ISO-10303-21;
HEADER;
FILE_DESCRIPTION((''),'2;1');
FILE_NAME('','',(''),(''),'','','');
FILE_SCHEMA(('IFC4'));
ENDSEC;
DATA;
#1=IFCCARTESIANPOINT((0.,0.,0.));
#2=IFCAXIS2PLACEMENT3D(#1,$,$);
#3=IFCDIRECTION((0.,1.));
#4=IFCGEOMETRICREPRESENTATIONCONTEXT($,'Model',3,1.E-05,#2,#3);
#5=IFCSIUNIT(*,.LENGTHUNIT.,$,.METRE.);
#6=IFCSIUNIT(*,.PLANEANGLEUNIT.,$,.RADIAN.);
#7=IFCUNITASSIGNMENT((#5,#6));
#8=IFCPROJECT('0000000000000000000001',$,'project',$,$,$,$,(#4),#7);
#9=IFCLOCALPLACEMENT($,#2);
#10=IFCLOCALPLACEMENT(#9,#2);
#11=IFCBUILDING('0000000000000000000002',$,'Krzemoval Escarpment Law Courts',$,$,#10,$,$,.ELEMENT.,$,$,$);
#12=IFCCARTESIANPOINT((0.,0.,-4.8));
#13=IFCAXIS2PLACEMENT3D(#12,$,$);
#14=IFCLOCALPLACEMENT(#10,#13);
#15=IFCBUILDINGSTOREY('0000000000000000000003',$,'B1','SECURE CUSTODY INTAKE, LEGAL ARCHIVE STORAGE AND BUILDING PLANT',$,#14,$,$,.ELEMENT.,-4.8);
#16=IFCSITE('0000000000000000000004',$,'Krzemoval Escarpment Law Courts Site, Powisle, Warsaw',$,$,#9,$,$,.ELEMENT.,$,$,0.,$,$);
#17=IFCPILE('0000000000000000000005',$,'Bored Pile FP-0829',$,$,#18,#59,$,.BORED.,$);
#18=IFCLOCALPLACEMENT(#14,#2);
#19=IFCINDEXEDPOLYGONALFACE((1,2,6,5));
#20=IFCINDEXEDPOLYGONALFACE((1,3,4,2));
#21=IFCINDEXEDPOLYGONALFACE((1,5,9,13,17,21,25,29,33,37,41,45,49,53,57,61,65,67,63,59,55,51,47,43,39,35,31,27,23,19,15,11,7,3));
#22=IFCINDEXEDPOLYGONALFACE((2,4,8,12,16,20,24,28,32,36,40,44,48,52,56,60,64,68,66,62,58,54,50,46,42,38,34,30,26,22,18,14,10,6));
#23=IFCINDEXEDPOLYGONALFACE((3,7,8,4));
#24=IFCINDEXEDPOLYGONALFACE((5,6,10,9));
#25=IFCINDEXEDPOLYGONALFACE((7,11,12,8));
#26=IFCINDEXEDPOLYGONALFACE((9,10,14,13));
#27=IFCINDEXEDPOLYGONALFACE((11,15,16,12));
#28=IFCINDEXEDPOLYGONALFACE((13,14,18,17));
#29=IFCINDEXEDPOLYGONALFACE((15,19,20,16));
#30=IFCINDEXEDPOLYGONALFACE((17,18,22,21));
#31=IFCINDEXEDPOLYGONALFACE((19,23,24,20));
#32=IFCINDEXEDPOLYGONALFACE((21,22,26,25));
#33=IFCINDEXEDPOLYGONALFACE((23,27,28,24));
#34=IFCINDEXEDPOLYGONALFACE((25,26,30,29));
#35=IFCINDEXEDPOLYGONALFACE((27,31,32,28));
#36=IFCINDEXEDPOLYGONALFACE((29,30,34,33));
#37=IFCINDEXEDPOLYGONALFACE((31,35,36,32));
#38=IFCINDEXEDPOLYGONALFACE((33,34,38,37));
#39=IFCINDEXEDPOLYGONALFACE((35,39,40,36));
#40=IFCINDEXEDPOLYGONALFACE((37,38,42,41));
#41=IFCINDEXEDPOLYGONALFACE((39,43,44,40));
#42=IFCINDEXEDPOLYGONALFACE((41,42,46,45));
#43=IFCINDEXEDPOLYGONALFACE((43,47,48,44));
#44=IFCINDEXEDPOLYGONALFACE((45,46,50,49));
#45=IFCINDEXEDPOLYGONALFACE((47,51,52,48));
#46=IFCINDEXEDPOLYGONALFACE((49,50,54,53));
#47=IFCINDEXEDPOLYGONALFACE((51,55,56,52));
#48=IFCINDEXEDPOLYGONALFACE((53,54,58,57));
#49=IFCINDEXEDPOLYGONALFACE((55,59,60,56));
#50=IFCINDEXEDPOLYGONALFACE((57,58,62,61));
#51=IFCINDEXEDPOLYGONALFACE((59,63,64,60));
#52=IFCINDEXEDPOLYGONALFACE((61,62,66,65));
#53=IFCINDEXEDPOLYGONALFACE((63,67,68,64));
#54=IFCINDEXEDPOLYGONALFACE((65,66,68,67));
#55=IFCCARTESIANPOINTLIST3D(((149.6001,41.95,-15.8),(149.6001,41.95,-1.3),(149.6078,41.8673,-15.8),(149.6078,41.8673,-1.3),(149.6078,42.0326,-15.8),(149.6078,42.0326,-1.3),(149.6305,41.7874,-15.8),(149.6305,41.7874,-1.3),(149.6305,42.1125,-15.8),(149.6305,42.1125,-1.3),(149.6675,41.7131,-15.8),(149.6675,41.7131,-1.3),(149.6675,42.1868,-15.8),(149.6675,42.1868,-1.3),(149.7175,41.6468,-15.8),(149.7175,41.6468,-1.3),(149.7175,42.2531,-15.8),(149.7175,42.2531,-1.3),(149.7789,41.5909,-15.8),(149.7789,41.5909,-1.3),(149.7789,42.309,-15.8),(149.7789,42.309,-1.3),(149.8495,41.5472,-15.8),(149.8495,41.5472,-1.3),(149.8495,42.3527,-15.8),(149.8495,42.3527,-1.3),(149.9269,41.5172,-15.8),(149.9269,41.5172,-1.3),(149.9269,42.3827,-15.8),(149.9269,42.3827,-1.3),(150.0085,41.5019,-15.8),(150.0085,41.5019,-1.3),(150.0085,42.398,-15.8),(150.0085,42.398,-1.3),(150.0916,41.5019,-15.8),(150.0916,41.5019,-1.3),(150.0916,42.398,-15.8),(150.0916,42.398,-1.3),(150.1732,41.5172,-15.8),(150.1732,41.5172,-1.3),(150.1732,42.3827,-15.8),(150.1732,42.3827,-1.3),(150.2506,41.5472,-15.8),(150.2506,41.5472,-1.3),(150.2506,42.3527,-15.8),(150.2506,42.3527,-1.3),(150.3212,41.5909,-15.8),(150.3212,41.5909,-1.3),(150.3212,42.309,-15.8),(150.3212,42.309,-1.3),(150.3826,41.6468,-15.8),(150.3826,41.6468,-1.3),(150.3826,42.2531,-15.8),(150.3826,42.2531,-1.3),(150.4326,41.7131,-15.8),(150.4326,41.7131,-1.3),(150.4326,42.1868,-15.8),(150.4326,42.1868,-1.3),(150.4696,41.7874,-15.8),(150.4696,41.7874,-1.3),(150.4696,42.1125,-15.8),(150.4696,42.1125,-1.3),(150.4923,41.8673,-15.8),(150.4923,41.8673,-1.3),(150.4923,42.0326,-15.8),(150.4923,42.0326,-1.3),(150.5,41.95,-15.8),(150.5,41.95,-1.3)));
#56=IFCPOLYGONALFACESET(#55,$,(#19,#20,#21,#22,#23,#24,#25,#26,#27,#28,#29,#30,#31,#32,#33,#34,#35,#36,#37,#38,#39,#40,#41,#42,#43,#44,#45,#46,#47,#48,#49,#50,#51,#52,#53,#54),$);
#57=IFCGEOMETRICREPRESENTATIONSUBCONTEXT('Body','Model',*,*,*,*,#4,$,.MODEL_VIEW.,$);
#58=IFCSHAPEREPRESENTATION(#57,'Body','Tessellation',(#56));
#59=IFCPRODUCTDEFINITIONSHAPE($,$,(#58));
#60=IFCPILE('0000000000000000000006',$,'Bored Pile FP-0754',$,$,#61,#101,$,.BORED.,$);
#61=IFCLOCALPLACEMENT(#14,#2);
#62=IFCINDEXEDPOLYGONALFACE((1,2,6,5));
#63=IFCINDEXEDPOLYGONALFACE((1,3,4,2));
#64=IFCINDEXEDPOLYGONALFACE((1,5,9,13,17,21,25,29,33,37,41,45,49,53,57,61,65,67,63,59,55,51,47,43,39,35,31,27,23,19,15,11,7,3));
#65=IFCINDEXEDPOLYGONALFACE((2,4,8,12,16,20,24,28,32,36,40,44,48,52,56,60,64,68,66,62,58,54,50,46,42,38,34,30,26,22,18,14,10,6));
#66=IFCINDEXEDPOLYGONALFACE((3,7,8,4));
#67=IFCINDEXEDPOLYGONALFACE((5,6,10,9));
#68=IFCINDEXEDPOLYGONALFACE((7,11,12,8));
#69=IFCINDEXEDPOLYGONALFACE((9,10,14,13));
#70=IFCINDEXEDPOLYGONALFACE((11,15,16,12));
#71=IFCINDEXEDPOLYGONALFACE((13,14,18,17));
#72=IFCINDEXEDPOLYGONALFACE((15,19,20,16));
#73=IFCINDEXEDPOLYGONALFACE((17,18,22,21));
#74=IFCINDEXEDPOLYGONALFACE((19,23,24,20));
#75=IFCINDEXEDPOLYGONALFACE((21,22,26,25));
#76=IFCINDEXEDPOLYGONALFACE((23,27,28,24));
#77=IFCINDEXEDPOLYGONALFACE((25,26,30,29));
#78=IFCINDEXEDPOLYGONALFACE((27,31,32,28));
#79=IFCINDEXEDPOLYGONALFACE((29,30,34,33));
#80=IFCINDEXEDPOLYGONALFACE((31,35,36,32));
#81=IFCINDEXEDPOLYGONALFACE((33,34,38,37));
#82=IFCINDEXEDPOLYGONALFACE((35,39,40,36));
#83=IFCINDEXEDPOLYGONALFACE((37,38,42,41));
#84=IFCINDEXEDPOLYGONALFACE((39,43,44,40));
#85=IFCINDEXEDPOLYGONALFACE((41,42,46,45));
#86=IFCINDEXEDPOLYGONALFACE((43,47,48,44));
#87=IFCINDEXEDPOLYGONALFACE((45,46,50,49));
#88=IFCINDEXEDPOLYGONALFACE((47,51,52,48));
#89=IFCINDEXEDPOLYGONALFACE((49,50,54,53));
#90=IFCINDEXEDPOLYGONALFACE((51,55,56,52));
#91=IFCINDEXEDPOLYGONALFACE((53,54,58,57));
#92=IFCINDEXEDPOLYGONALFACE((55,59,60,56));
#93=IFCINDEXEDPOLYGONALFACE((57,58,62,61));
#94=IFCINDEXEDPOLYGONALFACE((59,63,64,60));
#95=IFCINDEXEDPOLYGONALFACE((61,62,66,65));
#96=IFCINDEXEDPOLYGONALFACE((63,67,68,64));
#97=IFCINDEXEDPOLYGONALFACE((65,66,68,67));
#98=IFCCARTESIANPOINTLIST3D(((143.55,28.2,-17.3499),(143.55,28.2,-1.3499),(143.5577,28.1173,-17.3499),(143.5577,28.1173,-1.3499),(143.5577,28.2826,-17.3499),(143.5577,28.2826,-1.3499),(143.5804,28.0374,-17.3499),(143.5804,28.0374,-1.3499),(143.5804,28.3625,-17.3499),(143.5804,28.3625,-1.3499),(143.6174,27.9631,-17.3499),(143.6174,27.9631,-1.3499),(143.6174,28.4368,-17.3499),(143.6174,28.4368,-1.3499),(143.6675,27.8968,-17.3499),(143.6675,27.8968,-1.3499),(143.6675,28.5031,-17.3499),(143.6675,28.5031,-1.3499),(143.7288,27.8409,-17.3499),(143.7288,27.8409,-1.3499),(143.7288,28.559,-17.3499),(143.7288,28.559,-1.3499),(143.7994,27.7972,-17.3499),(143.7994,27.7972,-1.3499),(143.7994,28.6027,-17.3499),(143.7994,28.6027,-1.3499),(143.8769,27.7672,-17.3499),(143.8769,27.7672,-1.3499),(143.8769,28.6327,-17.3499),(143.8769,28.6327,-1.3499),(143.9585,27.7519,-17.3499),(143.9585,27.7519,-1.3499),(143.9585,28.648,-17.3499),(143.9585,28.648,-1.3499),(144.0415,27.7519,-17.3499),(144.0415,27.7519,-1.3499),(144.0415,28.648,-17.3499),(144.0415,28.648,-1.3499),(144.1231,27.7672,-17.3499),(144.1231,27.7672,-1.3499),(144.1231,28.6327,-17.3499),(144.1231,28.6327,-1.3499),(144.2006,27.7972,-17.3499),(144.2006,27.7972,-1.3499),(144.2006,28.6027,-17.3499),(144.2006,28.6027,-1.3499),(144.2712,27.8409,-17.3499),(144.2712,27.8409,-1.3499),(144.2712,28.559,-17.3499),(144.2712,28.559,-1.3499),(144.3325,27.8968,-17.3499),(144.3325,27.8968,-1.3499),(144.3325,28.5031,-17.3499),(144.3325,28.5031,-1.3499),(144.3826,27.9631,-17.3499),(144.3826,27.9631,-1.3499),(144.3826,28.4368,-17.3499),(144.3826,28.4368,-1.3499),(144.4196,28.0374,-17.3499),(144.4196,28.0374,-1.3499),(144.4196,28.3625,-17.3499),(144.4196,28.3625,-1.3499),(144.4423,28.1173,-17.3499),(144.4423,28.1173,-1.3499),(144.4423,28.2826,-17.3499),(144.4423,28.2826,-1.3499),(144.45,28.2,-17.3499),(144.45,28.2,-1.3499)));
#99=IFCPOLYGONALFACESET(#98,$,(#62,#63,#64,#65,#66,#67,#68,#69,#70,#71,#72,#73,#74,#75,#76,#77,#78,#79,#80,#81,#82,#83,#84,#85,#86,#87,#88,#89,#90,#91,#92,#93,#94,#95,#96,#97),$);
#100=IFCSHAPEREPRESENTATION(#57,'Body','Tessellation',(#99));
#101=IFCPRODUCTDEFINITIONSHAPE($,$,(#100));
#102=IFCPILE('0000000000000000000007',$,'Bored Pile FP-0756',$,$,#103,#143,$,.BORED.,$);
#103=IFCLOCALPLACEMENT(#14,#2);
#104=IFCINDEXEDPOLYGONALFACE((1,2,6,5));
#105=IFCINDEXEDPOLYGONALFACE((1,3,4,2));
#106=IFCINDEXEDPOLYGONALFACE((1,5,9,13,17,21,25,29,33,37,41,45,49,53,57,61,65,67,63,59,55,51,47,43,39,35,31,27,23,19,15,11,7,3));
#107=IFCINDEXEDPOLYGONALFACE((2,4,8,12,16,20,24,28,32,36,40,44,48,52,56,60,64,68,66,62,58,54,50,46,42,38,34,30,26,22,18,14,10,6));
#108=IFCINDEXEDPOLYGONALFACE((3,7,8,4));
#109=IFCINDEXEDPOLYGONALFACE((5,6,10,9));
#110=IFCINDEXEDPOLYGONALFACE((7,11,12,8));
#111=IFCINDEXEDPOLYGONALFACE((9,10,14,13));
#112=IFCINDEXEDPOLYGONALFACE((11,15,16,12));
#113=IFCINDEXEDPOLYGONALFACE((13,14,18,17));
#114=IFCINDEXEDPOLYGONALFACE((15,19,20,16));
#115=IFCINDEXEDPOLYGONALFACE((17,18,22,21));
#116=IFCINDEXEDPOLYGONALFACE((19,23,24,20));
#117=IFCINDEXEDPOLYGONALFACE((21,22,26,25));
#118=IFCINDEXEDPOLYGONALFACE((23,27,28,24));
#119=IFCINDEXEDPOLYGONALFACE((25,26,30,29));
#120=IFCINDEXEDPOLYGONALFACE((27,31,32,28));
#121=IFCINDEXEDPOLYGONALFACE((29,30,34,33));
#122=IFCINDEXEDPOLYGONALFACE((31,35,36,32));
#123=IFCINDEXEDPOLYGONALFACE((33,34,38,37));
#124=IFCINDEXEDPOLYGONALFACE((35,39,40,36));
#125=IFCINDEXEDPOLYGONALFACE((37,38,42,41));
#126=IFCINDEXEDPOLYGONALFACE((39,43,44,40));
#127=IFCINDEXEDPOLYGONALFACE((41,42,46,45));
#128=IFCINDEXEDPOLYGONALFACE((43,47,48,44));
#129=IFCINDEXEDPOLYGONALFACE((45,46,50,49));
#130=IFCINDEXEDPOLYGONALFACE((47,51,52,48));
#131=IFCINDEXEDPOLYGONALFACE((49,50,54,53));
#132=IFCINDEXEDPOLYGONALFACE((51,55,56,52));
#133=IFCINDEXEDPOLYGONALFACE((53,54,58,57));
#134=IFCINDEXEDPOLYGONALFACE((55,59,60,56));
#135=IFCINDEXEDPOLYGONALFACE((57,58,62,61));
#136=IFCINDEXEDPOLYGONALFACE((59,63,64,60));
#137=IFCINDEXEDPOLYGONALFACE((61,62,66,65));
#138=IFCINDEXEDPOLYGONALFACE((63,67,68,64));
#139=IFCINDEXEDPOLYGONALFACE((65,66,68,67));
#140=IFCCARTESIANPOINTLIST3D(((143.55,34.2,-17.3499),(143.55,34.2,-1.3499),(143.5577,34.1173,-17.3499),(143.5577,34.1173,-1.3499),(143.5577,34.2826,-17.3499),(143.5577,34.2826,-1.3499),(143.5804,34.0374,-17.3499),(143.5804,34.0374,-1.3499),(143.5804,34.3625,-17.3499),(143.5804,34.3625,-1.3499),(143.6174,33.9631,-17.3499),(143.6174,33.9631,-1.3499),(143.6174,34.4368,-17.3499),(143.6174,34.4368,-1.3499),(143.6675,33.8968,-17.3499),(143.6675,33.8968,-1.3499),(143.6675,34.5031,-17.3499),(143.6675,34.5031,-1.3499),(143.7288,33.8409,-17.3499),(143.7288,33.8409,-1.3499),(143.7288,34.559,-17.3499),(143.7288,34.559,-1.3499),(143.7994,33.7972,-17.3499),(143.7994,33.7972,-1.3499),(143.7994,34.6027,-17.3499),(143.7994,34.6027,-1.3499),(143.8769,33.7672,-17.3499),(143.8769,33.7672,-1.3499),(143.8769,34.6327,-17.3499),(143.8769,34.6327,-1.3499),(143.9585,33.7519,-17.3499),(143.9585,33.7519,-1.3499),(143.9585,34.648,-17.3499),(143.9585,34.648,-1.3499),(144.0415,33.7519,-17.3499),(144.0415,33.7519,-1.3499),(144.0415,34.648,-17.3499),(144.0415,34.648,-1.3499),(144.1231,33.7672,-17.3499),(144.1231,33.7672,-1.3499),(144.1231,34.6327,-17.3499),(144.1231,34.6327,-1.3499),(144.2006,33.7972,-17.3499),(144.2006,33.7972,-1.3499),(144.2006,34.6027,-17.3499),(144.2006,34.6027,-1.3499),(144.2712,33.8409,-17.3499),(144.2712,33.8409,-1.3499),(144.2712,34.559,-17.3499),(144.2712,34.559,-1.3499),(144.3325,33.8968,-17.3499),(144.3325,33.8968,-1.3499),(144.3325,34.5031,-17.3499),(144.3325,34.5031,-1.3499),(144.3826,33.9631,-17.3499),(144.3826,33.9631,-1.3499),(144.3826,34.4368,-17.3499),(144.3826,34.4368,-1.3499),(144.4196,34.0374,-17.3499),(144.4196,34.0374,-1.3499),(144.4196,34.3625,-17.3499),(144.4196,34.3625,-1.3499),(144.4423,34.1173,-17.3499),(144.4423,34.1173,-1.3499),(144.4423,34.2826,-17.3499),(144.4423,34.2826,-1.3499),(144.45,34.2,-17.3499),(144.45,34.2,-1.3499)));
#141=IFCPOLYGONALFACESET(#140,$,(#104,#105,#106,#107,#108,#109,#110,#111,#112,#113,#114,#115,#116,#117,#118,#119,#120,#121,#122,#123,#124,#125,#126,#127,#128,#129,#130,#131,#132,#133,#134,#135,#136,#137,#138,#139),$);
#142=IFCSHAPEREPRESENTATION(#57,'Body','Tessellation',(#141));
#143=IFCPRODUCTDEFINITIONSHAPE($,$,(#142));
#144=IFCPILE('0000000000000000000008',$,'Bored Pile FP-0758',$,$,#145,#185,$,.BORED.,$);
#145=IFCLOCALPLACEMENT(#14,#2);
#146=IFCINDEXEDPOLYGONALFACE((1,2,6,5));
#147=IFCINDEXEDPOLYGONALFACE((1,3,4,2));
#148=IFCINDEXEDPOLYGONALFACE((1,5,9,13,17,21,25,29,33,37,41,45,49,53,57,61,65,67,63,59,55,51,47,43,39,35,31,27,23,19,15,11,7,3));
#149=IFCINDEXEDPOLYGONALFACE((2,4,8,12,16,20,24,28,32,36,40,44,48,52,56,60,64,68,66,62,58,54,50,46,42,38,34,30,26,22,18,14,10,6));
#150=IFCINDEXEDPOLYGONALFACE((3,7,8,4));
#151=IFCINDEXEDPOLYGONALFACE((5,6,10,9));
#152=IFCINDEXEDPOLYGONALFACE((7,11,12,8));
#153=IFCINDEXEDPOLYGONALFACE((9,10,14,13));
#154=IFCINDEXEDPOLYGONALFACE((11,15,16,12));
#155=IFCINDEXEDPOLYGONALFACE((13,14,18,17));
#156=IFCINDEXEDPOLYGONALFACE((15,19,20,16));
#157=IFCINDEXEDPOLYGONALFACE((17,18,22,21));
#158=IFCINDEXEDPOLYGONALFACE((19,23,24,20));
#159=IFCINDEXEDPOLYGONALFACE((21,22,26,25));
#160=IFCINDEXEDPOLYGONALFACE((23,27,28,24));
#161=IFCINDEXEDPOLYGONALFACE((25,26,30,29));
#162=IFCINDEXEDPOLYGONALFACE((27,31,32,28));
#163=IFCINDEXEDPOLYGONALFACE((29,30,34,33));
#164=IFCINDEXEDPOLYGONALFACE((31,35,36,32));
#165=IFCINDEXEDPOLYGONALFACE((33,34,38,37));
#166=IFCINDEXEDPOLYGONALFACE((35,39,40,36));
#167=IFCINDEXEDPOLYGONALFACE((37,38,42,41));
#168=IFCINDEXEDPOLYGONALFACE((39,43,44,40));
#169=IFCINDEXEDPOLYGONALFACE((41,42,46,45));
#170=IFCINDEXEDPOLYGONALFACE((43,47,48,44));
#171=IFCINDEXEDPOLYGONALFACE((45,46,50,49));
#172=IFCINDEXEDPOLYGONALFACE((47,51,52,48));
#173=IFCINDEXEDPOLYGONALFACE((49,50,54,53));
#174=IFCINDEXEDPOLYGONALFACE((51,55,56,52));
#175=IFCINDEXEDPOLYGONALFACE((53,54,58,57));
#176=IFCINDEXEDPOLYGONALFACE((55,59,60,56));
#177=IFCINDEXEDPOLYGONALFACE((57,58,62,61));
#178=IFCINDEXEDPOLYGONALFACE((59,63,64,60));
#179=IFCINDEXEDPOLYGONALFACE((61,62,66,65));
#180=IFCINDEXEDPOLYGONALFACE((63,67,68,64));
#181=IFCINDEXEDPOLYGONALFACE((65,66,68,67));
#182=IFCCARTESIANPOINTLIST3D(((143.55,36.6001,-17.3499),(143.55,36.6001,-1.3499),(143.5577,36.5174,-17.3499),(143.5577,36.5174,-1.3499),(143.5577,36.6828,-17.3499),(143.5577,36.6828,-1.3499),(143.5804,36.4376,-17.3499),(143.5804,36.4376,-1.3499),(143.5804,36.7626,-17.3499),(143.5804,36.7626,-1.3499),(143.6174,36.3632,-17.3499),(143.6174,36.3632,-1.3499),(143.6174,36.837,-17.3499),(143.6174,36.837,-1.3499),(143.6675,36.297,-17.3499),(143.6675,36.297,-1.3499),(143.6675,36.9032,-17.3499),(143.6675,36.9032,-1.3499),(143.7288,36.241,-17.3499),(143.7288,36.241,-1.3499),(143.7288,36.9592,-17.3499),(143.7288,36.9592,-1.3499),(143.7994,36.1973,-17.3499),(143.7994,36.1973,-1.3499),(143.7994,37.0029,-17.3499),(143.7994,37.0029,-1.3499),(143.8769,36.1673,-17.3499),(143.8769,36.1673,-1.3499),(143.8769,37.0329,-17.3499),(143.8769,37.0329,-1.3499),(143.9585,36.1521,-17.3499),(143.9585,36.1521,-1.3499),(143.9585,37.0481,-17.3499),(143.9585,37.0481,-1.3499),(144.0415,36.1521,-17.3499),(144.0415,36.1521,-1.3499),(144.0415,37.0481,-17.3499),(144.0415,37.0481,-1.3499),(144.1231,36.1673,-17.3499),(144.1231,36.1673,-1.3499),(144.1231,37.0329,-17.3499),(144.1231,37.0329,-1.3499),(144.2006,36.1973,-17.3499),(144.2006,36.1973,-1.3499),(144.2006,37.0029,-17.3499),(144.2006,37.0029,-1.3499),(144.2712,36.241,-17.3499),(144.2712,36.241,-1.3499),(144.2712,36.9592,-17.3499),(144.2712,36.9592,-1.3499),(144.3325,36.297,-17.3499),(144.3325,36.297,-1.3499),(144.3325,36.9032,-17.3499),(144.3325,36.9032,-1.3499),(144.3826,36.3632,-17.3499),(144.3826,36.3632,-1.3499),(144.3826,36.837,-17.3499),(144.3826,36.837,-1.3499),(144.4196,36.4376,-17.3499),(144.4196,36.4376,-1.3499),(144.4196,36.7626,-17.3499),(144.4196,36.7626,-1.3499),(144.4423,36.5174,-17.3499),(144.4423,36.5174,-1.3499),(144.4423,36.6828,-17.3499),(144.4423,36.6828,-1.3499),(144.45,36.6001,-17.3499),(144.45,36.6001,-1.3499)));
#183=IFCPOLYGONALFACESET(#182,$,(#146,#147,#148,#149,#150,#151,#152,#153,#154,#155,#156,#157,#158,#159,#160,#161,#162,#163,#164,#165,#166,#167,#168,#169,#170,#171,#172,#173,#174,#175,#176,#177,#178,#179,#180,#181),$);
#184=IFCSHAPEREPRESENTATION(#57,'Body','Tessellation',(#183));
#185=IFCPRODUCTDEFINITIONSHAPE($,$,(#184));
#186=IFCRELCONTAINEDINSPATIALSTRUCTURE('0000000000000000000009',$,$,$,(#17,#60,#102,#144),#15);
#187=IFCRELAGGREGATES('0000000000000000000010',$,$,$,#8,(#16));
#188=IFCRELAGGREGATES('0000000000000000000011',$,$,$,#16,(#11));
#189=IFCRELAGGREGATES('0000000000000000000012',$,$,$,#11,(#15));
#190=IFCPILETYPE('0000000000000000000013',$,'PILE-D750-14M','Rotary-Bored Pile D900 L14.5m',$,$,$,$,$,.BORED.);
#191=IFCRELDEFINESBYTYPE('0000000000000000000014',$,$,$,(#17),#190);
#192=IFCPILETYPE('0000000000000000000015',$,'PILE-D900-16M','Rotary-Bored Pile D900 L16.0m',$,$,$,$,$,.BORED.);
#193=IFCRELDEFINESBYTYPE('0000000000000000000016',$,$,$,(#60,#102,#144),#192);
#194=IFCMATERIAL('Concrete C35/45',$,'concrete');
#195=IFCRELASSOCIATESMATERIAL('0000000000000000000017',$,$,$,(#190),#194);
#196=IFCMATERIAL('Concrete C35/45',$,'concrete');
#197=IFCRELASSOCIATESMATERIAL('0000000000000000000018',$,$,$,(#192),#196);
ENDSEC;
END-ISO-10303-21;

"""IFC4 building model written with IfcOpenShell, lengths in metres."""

from ifc_helpers import new_model, si_unit, direction, frame, origin, origin_2d, place, context, subcontext, project, spatial, circle, extrude, material, material_profile, profile_set, type_object, element, save


model = new_model("IFC4")

# Units and contexts
model_context = context("Model", 3, precision=1e-05, world=origin(), true_north=direction((0.0, 1.0)))
body_context = subcontext(model_context, "Body", "Model", "MODEL_VIEW")
ifc_project = project(units=[si_unit("LENGTHUNIT", "METRE"), si_unit("PLANEANGLEUNIT", "RADIAN")], contexts=[model_context])

# Site, building, storey
site_placement = place(None, origin())
site = spatial("IfcSite", under=ifc_project, at=site_placement, Name="Krzemoval Escarpment Law Courts Site, Powisle, Warsaw", CompositionType="ELEMENT", RefElevation=0.0)
building_placement = place(site_placement, origin())
building = spatial("IfcBuilding", under=site, at=building_placement, Name="Krzemoval Escarpment Law Courts", CompositionType="ELEMENT")
storey_placement = place(building_placement, frame((0.0, 0.0, -4.8)))
storey = spatial("IfcBuildingStorey", under=building, at=storey_placement, Name="B1", Description="SECURE CUSTODY INTAKE, LEGAL ARCHIVE STORAGE AND BUILDING PLANT", CompositionType="ELEMENT", Elevation=-4.8)

# Piles
ifc_material_1 = material(Name="Concrete C35/45", Category="concrete")
ifc_material_profile_1 = material_profile(ifc_material_1, circle(Radius=0.45, at=origin_2d()), Name="PILE D900")
ifc_profile_set_1 = profile_set([ifc_material_profile_1], Name="Concrete C35/45")
pile_type_1 = type_object("IfcPileType", Name="PILE-D750-14M", Description="Rotary-Bored Pile D900 L14.5m", PredefinedType="BORED", material=ifc_profile_set_1)
for number, where, z_axis, x_axis, name in (
    (1, (150.05, 41.95, -1.3), (0.0, 0.0, -1.0), (1.0, 0.0, 0.0), "Bored Pile FP-0829"),
):
    element("IfcPile", number, at=place(storey_placement, frame(where, z_axis=z_axis, x_axis=x_axis)), inside=storey, type_object=pile_type_1, Name=name, PredefinedType="BORED", context=body_context, shape_type="SweptSolid", body=[
        extrude(circle(Radius=0.45, at=origin_2d()), origin(), (0.0, 0.0, 1.0), 14.5),
    ])
ifc_material_2 = material(Name="Concrete C35/45", Category="concrete")
ifc_material_profile_2 = material_profile(ifc_material_2, circle(Radius=0.45, at=origin_2d()), Name="PILE D900")
ifc_profile_set_2 = profile_set([ifc_material_profile_2], Name="Concrete C35/45")
pile_type_2 = type_object("IfcPileType", Name="PILE-D900-16M", Description="Rotary-Bored Pile D900 L16.0m", PredefinedType="BORED", material=ifc_profile_set_2)
for number, where, z_axis, x_axis, name in (
    (2, (144.0, 28.2, -1.3499), (0.0, 0.0, -1.0), (1.0, 0.0, 0.0), "Bored Pile FP-0754"),
    (3, (144.0, 34.2, -1.3499), (0.0, 0.0, -1.0), (1.0, 0.0, 0.0), "Bored Pile FP-0756"),
    (4, (144.0, 36.6001, -1.3499), (0.0, 0.0, -1.0), (1.0, 0.0, 0.0), "Bored Pile FP-0758"),
):
    element("IfcPile", number, at=place(storey_placement, frame(where, z_axis=z_axis, x_axis=x_axis)), inside=storey, type_object=pile_type_2, Name=name, PredefinedType="BORED", context=body_context, shape_type="SweptSolid", body=[
        extrude(circle(Radius=0.45, at=origin_2d()), origin(), (0.0, 0.0, 1.0), 16.0),
    ])

save(model, "model.ifc")
